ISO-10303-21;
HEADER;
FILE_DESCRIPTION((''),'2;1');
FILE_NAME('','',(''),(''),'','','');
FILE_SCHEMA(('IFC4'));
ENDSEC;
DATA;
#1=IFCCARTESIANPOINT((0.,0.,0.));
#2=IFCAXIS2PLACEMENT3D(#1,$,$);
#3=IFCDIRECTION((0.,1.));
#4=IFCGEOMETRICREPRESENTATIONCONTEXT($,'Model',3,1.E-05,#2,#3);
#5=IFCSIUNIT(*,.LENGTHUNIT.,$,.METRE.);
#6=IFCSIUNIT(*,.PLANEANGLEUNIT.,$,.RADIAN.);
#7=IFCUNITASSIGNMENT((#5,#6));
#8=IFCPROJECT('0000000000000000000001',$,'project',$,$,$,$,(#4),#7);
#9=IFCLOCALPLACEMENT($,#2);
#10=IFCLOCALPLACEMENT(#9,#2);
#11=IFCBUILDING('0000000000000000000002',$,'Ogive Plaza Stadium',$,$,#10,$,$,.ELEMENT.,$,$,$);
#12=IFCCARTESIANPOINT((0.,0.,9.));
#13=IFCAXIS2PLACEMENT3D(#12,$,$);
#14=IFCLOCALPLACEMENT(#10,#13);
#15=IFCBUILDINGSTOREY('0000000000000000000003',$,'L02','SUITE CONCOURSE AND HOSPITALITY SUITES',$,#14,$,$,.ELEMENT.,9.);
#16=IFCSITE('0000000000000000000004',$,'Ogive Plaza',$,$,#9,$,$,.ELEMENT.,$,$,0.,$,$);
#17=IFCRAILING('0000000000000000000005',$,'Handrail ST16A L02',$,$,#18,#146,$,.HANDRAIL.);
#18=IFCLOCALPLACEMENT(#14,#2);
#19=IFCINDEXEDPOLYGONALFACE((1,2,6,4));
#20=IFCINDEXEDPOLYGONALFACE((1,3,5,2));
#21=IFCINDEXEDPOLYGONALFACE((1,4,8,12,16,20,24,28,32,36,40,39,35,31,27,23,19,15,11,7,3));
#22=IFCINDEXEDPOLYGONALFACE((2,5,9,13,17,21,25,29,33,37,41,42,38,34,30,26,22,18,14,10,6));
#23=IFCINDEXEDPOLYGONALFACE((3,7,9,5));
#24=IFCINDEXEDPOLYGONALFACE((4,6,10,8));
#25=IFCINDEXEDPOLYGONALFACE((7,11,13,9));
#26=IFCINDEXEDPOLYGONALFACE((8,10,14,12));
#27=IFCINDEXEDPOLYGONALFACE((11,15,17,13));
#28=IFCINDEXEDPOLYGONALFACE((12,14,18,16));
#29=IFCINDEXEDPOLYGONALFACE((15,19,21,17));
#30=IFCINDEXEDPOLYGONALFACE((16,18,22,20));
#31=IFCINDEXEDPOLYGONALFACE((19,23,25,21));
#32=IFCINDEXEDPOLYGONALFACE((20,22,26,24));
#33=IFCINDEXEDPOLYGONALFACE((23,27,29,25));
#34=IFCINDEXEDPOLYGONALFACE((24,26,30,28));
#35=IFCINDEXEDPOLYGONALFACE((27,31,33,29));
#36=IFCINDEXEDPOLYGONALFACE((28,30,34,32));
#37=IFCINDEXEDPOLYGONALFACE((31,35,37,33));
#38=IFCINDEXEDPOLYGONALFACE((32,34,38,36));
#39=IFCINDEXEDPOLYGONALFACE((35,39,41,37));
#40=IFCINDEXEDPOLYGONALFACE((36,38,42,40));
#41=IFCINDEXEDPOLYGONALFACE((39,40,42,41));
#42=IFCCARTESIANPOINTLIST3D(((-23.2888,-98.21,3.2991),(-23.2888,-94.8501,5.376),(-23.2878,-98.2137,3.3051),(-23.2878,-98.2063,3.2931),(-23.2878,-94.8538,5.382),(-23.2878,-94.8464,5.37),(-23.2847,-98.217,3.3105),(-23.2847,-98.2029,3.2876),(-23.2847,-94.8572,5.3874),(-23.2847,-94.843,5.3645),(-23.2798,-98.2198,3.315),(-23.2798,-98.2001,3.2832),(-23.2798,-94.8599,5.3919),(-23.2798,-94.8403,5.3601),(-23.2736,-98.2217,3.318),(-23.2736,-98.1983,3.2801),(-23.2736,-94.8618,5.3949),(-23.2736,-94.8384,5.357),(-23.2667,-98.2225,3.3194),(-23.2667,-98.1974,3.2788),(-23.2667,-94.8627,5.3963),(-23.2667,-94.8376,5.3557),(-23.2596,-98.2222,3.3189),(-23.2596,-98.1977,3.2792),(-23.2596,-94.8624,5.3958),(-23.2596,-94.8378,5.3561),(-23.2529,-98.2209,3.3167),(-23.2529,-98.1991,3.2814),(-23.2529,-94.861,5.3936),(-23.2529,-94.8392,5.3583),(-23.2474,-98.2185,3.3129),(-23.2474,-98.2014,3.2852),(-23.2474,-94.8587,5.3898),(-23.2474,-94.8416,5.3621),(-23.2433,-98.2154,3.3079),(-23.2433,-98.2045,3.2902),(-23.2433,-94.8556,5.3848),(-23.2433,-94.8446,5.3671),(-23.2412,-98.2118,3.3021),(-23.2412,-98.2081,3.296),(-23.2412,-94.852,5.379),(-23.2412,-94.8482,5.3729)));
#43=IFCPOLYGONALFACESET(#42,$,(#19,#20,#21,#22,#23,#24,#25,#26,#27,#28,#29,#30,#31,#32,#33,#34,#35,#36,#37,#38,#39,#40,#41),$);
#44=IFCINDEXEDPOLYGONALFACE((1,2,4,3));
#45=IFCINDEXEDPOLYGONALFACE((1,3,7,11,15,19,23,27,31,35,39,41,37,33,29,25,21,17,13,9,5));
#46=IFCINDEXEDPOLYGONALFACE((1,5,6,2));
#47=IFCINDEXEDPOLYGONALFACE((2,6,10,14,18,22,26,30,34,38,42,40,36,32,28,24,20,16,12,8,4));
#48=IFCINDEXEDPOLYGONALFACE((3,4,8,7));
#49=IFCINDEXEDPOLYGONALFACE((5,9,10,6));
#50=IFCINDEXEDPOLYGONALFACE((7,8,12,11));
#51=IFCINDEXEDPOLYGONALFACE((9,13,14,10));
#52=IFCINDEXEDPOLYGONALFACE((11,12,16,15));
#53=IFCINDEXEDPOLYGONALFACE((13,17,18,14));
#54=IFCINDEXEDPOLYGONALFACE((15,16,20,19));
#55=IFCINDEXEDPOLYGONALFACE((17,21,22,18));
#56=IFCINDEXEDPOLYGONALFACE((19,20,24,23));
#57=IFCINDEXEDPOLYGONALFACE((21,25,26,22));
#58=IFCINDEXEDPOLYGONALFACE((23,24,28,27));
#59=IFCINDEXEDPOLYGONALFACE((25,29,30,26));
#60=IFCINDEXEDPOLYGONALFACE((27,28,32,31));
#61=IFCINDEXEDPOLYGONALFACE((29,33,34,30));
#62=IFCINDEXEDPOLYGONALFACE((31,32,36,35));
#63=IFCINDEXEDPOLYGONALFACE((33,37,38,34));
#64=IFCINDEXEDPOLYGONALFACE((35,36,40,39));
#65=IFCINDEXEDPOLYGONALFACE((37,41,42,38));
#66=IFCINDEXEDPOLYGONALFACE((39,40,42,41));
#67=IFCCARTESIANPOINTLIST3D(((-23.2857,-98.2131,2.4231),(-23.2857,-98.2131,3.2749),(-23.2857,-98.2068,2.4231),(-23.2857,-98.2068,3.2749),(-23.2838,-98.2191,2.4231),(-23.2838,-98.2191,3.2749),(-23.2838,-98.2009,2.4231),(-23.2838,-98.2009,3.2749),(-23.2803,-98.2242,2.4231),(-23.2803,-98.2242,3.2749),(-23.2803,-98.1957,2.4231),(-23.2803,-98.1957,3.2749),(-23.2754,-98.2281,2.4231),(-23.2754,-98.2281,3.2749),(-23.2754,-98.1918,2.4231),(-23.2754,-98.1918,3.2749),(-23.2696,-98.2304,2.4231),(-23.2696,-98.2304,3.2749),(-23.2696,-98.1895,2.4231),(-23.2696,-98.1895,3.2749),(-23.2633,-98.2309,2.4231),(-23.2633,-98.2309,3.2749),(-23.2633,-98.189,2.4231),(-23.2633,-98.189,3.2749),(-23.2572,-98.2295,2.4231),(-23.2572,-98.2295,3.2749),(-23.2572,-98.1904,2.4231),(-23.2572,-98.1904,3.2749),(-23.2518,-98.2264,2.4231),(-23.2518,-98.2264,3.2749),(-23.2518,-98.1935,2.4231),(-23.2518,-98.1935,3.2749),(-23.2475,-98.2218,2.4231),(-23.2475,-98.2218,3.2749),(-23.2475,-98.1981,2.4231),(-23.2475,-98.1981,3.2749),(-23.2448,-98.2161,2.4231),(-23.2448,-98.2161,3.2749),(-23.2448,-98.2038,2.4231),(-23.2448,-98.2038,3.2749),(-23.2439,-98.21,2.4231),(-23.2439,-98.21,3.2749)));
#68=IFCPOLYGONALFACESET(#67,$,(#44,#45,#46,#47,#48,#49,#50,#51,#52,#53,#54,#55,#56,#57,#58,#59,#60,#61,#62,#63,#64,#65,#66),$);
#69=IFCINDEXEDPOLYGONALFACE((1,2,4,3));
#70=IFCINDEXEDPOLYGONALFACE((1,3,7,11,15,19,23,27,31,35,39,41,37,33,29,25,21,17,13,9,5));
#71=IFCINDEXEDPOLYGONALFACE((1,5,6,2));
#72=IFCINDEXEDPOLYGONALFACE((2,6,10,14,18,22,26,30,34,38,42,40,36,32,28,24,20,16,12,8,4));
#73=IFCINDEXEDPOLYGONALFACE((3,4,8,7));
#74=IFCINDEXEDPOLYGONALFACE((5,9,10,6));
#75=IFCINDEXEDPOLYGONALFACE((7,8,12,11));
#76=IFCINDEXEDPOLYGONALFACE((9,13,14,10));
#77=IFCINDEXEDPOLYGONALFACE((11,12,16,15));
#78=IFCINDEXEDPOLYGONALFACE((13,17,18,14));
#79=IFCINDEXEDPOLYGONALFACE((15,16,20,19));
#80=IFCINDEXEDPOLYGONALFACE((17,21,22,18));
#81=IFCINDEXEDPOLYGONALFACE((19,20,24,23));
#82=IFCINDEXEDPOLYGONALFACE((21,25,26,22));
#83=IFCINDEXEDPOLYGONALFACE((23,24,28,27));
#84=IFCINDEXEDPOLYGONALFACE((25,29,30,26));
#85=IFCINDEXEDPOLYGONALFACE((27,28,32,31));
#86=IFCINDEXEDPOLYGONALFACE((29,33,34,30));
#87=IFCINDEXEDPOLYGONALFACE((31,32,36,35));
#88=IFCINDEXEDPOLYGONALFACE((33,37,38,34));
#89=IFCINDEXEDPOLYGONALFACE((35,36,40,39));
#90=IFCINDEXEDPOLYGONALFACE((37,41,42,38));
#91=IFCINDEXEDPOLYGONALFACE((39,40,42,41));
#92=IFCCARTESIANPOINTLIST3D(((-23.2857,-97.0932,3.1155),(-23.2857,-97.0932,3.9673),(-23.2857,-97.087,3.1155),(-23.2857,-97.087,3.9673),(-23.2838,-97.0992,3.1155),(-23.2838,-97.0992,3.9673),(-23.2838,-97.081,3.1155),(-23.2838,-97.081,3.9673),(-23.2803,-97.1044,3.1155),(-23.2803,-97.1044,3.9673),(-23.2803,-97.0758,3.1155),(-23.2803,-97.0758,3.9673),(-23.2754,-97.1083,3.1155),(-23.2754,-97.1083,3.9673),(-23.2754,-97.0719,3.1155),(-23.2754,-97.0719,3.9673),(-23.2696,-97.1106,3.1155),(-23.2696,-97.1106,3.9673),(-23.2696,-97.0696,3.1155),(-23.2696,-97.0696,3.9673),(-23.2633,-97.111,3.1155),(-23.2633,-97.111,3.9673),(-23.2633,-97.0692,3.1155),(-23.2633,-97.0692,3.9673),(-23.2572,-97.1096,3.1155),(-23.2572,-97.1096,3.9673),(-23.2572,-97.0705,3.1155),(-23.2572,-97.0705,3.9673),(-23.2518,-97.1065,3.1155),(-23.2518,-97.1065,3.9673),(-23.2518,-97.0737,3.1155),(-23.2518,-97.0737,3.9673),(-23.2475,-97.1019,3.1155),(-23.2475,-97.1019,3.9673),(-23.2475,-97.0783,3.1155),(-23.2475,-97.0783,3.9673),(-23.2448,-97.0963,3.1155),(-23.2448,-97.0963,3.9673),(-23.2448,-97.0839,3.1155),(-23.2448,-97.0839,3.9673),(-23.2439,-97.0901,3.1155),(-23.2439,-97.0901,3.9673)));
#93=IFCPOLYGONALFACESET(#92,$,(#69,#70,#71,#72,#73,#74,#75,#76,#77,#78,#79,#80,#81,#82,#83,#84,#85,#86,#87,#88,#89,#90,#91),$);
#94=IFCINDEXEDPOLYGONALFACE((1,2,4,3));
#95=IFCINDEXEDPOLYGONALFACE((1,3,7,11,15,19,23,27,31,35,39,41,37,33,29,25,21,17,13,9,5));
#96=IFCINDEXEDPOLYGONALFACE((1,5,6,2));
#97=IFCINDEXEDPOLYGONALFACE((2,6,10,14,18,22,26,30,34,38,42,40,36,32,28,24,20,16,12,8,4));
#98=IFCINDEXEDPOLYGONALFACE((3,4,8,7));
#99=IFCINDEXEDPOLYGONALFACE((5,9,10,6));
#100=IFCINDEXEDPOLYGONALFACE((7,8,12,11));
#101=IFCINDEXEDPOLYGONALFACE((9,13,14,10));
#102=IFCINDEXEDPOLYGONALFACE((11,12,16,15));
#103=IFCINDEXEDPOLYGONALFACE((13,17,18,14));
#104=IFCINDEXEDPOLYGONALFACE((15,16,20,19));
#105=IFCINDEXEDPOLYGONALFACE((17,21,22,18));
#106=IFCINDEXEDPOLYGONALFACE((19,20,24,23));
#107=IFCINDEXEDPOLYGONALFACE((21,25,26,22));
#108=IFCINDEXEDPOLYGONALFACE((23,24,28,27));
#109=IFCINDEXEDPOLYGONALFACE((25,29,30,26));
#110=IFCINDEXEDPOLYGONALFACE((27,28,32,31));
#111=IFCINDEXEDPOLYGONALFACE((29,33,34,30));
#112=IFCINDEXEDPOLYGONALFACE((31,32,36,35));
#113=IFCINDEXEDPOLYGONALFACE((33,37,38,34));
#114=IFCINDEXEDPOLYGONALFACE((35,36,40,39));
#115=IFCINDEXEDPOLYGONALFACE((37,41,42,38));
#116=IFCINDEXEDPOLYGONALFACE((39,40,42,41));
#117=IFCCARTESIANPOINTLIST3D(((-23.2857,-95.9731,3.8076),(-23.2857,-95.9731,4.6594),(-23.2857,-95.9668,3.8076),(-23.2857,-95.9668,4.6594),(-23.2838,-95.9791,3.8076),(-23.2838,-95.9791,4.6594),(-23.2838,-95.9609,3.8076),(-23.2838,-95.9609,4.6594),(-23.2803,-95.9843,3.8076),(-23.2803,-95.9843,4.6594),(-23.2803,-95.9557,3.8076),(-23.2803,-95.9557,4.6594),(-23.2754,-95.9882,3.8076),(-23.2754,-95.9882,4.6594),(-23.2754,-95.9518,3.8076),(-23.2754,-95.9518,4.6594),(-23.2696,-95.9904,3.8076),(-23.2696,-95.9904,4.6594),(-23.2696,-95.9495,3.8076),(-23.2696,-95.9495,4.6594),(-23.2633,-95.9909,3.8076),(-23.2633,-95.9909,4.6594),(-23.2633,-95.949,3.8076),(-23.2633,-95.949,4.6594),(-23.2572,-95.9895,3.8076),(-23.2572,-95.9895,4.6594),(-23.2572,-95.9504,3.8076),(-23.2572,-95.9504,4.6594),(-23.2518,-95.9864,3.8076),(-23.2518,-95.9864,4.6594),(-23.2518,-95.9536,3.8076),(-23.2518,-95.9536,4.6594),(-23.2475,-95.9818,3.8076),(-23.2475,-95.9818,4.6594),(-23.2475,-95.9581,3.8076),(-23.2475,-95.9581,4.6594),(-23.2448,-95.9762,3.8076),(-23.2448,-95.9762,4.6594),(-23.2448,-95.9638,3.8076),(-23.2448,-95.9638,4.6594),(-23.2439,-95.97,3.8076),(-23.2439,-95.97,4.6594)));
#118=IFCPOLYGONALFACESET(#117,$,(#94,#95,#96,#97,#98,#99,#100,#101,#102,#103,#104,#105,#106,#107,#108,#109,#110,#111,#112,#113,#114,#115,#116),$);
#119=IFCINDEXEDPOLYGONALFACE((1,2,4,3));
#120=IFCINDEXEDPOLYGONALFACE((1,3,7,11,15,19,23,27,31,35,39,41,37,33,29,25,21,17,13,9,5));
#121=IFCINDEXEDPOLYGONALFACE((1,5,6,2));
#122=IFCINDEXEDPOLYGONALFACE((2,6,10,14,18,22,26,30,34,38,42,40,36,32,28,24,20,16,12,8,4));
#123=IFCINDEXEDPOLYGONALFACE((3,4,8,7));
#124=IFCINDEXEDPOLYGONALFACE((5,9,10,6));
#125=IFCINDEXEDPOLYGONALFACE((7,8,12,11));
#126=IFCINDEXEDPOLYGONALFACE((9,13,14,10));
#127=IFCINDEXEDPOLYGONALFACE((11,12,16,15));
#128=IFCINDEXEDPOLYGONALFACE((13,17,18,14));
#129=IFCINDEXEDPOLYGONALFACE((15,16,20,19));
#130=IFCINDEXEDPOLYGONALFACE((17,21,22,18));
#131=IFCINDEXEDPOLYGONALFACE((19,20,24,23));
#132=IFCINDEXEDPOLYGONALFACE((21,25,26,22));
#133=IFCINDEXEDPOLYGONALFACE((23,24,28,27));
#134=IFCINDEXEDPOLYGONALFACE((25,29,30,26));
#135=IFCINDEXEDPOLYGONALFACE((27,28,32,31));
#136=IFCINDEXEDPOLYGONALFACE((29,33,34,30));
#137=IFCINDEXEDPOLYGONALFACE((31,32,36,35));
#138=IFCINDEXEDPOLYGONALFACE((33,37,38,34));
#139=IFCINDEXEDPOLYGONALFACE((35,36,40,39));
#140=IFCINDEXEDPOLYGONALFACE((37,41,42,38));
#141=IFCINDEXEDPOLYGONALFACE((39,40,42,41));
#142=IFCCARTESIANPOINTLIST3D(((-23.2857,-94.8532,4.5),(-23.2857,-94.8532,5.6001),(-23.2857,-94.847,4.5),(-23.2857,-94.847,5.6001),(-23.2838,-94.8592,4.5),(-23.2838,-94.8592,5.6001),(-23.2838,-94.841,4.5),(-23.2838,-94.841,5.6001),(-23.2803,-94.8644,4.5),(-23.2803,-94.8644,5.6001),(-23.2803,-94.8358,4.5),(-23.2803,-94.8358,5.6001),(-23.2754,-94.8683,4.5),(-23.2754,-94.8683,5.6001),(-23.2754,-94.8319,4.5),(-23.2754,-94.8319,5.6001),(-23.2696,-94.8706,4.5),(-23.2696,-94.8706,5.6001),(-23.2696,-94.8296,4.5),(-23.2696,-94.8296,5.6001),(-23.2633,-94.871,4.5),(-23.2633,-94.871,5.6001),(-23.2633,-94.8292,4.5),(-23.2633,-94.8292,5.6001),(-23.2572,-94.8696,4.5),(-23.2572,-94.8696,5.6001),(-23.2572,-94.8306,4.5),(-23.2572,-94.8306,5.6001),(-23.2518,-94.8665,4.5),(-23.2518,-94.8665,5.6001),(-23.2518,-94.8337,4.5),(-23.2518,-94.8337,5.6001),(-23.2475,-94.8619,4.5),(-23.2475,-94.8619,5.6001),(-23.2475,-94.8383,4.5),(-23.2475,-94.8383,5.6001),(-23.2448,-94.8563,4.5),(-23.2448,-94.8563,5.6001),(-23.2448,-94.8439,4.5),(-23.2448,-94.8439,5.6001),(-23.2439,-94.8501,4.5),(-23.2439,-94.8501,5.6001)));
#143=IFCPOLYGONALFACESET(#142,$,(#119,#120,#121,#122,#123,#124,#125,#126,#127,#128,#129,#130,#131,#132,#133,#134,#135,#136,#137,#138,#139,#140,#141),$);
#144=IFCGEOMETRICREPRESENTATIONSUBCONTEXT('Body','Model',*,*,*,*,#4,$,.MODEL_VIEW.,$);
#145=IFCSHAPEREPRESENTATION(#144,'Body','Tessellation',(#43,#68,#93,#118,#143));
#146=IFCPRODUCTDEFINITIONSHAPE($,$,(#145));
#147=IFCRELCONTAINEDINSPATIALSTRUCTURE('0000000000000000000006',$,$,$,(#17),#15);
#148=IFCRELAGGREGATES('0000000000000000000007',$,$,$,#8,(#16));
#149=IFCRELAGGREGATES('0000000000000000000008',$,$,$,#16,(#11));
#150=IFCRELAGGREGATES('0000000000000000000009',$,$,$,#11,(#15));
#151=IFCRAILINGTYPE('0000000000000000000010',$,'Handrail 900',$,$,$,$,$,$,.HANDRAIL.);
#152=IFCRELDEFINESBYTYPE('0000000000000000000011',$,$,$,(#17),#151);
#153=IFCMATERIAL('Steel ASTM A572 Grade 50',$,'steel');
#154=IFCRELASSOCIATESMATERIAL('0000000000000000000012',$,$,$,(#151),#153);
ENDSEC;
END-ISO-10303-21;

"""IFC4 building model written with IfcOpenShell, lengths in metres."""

from ifc_helpers import new_model, si_unit, direction, frame, origin, origin_2d, place, context, subcontext, project, spatial, circle, extrude, material, type_object, element, save


model = new_model("IFC4")

# Units and contexts
model_context = context("Model", 3, precision=1e-05, world=origin(), true_north=direction((0.0, 1.0)))
body_context = subcontext(model_context, "Body", "Model", "MODEL_VIEW")
ifc_project = project(units=[si_unit("LENGTHUNIT", "METRE"), si_unit("PLANEANGLEUNIT", "RADIAN")], contexts=[model_context])

# Site, building, storey
site_placement = place(None, origin())
site = spatial("IfcSite", under=ifc_project, at=site_placement, Name="Ogive Plaza", CompositionType="ELEMENT", RefElevation=0.0)
building_placement = place(site_placement, origin())
building = spatial("IfcBuilding", under=site, at=building_placement, Name="Ogive Plaza Stadium", CompositionType="ELEMENT")
storey_placement = place(building_placement, frame((0.0, 0.0, 9.0)))
storey = spatial("IfcBuildingStorey", under=building, at=storey_placement, Name="L02", Description="SUITE CONCOURSE AND HOSPITALITY SUITES", CompositionType="ELEMENT", Elevation=9.0)

# Railing
ifc_material_1 = material(Name="Steel ASTM A572 Grade 50", Category="steel")
railing_type_1 = type_object("IfcRailingType", Name="Handrail 900", PredefinedType="HANDRAIL", material=ifc_material_1)
railing_placement = place(storey_placement, frame((-23.2649, -98.21, 2.4231)))
element("IfcRailing", 1, at=railing_placement, inside=storey, type_object=railing_type_1, Name="Handrail ST16A L02", PredefinedType="HANDRAIL", context=body_context, shape_type="SweptSolid", body=[
    extrude(circle(Radius=0.0239, at=origin_2d()), frame((0.0, 0.0, 0.876), z_axis=(0.0, 0.850606, 0.525803), x_axis=(-1.0, 0.0, 0.0)), (0.0, 0.0, 1.0), 3.95),
    extrude(circle(Radius=0.021, at=origin_2d()), origin(), (0.0, 0.0, 1.0), 0.8518),
    extrude(circle(Radius=0.021, at=origin_2d()), frame((0.0, 1.1199, 0.6924)), (0.0, 0.0, 1.0), 0.8518),
    extrude(circle(Radius=0.021, at=origin_2d()), frame((0.0, 2.24, 1.3845)), (0.0, 0.0, 1.0), 0.8518),
    extrude(circle(Radius=0.021, at=origin_2d()), frame((0.0, 3.3599, 2.0769)), (0.0, 0.0, 1.0), 1.1001),
])

save(model, "model.ifc")
